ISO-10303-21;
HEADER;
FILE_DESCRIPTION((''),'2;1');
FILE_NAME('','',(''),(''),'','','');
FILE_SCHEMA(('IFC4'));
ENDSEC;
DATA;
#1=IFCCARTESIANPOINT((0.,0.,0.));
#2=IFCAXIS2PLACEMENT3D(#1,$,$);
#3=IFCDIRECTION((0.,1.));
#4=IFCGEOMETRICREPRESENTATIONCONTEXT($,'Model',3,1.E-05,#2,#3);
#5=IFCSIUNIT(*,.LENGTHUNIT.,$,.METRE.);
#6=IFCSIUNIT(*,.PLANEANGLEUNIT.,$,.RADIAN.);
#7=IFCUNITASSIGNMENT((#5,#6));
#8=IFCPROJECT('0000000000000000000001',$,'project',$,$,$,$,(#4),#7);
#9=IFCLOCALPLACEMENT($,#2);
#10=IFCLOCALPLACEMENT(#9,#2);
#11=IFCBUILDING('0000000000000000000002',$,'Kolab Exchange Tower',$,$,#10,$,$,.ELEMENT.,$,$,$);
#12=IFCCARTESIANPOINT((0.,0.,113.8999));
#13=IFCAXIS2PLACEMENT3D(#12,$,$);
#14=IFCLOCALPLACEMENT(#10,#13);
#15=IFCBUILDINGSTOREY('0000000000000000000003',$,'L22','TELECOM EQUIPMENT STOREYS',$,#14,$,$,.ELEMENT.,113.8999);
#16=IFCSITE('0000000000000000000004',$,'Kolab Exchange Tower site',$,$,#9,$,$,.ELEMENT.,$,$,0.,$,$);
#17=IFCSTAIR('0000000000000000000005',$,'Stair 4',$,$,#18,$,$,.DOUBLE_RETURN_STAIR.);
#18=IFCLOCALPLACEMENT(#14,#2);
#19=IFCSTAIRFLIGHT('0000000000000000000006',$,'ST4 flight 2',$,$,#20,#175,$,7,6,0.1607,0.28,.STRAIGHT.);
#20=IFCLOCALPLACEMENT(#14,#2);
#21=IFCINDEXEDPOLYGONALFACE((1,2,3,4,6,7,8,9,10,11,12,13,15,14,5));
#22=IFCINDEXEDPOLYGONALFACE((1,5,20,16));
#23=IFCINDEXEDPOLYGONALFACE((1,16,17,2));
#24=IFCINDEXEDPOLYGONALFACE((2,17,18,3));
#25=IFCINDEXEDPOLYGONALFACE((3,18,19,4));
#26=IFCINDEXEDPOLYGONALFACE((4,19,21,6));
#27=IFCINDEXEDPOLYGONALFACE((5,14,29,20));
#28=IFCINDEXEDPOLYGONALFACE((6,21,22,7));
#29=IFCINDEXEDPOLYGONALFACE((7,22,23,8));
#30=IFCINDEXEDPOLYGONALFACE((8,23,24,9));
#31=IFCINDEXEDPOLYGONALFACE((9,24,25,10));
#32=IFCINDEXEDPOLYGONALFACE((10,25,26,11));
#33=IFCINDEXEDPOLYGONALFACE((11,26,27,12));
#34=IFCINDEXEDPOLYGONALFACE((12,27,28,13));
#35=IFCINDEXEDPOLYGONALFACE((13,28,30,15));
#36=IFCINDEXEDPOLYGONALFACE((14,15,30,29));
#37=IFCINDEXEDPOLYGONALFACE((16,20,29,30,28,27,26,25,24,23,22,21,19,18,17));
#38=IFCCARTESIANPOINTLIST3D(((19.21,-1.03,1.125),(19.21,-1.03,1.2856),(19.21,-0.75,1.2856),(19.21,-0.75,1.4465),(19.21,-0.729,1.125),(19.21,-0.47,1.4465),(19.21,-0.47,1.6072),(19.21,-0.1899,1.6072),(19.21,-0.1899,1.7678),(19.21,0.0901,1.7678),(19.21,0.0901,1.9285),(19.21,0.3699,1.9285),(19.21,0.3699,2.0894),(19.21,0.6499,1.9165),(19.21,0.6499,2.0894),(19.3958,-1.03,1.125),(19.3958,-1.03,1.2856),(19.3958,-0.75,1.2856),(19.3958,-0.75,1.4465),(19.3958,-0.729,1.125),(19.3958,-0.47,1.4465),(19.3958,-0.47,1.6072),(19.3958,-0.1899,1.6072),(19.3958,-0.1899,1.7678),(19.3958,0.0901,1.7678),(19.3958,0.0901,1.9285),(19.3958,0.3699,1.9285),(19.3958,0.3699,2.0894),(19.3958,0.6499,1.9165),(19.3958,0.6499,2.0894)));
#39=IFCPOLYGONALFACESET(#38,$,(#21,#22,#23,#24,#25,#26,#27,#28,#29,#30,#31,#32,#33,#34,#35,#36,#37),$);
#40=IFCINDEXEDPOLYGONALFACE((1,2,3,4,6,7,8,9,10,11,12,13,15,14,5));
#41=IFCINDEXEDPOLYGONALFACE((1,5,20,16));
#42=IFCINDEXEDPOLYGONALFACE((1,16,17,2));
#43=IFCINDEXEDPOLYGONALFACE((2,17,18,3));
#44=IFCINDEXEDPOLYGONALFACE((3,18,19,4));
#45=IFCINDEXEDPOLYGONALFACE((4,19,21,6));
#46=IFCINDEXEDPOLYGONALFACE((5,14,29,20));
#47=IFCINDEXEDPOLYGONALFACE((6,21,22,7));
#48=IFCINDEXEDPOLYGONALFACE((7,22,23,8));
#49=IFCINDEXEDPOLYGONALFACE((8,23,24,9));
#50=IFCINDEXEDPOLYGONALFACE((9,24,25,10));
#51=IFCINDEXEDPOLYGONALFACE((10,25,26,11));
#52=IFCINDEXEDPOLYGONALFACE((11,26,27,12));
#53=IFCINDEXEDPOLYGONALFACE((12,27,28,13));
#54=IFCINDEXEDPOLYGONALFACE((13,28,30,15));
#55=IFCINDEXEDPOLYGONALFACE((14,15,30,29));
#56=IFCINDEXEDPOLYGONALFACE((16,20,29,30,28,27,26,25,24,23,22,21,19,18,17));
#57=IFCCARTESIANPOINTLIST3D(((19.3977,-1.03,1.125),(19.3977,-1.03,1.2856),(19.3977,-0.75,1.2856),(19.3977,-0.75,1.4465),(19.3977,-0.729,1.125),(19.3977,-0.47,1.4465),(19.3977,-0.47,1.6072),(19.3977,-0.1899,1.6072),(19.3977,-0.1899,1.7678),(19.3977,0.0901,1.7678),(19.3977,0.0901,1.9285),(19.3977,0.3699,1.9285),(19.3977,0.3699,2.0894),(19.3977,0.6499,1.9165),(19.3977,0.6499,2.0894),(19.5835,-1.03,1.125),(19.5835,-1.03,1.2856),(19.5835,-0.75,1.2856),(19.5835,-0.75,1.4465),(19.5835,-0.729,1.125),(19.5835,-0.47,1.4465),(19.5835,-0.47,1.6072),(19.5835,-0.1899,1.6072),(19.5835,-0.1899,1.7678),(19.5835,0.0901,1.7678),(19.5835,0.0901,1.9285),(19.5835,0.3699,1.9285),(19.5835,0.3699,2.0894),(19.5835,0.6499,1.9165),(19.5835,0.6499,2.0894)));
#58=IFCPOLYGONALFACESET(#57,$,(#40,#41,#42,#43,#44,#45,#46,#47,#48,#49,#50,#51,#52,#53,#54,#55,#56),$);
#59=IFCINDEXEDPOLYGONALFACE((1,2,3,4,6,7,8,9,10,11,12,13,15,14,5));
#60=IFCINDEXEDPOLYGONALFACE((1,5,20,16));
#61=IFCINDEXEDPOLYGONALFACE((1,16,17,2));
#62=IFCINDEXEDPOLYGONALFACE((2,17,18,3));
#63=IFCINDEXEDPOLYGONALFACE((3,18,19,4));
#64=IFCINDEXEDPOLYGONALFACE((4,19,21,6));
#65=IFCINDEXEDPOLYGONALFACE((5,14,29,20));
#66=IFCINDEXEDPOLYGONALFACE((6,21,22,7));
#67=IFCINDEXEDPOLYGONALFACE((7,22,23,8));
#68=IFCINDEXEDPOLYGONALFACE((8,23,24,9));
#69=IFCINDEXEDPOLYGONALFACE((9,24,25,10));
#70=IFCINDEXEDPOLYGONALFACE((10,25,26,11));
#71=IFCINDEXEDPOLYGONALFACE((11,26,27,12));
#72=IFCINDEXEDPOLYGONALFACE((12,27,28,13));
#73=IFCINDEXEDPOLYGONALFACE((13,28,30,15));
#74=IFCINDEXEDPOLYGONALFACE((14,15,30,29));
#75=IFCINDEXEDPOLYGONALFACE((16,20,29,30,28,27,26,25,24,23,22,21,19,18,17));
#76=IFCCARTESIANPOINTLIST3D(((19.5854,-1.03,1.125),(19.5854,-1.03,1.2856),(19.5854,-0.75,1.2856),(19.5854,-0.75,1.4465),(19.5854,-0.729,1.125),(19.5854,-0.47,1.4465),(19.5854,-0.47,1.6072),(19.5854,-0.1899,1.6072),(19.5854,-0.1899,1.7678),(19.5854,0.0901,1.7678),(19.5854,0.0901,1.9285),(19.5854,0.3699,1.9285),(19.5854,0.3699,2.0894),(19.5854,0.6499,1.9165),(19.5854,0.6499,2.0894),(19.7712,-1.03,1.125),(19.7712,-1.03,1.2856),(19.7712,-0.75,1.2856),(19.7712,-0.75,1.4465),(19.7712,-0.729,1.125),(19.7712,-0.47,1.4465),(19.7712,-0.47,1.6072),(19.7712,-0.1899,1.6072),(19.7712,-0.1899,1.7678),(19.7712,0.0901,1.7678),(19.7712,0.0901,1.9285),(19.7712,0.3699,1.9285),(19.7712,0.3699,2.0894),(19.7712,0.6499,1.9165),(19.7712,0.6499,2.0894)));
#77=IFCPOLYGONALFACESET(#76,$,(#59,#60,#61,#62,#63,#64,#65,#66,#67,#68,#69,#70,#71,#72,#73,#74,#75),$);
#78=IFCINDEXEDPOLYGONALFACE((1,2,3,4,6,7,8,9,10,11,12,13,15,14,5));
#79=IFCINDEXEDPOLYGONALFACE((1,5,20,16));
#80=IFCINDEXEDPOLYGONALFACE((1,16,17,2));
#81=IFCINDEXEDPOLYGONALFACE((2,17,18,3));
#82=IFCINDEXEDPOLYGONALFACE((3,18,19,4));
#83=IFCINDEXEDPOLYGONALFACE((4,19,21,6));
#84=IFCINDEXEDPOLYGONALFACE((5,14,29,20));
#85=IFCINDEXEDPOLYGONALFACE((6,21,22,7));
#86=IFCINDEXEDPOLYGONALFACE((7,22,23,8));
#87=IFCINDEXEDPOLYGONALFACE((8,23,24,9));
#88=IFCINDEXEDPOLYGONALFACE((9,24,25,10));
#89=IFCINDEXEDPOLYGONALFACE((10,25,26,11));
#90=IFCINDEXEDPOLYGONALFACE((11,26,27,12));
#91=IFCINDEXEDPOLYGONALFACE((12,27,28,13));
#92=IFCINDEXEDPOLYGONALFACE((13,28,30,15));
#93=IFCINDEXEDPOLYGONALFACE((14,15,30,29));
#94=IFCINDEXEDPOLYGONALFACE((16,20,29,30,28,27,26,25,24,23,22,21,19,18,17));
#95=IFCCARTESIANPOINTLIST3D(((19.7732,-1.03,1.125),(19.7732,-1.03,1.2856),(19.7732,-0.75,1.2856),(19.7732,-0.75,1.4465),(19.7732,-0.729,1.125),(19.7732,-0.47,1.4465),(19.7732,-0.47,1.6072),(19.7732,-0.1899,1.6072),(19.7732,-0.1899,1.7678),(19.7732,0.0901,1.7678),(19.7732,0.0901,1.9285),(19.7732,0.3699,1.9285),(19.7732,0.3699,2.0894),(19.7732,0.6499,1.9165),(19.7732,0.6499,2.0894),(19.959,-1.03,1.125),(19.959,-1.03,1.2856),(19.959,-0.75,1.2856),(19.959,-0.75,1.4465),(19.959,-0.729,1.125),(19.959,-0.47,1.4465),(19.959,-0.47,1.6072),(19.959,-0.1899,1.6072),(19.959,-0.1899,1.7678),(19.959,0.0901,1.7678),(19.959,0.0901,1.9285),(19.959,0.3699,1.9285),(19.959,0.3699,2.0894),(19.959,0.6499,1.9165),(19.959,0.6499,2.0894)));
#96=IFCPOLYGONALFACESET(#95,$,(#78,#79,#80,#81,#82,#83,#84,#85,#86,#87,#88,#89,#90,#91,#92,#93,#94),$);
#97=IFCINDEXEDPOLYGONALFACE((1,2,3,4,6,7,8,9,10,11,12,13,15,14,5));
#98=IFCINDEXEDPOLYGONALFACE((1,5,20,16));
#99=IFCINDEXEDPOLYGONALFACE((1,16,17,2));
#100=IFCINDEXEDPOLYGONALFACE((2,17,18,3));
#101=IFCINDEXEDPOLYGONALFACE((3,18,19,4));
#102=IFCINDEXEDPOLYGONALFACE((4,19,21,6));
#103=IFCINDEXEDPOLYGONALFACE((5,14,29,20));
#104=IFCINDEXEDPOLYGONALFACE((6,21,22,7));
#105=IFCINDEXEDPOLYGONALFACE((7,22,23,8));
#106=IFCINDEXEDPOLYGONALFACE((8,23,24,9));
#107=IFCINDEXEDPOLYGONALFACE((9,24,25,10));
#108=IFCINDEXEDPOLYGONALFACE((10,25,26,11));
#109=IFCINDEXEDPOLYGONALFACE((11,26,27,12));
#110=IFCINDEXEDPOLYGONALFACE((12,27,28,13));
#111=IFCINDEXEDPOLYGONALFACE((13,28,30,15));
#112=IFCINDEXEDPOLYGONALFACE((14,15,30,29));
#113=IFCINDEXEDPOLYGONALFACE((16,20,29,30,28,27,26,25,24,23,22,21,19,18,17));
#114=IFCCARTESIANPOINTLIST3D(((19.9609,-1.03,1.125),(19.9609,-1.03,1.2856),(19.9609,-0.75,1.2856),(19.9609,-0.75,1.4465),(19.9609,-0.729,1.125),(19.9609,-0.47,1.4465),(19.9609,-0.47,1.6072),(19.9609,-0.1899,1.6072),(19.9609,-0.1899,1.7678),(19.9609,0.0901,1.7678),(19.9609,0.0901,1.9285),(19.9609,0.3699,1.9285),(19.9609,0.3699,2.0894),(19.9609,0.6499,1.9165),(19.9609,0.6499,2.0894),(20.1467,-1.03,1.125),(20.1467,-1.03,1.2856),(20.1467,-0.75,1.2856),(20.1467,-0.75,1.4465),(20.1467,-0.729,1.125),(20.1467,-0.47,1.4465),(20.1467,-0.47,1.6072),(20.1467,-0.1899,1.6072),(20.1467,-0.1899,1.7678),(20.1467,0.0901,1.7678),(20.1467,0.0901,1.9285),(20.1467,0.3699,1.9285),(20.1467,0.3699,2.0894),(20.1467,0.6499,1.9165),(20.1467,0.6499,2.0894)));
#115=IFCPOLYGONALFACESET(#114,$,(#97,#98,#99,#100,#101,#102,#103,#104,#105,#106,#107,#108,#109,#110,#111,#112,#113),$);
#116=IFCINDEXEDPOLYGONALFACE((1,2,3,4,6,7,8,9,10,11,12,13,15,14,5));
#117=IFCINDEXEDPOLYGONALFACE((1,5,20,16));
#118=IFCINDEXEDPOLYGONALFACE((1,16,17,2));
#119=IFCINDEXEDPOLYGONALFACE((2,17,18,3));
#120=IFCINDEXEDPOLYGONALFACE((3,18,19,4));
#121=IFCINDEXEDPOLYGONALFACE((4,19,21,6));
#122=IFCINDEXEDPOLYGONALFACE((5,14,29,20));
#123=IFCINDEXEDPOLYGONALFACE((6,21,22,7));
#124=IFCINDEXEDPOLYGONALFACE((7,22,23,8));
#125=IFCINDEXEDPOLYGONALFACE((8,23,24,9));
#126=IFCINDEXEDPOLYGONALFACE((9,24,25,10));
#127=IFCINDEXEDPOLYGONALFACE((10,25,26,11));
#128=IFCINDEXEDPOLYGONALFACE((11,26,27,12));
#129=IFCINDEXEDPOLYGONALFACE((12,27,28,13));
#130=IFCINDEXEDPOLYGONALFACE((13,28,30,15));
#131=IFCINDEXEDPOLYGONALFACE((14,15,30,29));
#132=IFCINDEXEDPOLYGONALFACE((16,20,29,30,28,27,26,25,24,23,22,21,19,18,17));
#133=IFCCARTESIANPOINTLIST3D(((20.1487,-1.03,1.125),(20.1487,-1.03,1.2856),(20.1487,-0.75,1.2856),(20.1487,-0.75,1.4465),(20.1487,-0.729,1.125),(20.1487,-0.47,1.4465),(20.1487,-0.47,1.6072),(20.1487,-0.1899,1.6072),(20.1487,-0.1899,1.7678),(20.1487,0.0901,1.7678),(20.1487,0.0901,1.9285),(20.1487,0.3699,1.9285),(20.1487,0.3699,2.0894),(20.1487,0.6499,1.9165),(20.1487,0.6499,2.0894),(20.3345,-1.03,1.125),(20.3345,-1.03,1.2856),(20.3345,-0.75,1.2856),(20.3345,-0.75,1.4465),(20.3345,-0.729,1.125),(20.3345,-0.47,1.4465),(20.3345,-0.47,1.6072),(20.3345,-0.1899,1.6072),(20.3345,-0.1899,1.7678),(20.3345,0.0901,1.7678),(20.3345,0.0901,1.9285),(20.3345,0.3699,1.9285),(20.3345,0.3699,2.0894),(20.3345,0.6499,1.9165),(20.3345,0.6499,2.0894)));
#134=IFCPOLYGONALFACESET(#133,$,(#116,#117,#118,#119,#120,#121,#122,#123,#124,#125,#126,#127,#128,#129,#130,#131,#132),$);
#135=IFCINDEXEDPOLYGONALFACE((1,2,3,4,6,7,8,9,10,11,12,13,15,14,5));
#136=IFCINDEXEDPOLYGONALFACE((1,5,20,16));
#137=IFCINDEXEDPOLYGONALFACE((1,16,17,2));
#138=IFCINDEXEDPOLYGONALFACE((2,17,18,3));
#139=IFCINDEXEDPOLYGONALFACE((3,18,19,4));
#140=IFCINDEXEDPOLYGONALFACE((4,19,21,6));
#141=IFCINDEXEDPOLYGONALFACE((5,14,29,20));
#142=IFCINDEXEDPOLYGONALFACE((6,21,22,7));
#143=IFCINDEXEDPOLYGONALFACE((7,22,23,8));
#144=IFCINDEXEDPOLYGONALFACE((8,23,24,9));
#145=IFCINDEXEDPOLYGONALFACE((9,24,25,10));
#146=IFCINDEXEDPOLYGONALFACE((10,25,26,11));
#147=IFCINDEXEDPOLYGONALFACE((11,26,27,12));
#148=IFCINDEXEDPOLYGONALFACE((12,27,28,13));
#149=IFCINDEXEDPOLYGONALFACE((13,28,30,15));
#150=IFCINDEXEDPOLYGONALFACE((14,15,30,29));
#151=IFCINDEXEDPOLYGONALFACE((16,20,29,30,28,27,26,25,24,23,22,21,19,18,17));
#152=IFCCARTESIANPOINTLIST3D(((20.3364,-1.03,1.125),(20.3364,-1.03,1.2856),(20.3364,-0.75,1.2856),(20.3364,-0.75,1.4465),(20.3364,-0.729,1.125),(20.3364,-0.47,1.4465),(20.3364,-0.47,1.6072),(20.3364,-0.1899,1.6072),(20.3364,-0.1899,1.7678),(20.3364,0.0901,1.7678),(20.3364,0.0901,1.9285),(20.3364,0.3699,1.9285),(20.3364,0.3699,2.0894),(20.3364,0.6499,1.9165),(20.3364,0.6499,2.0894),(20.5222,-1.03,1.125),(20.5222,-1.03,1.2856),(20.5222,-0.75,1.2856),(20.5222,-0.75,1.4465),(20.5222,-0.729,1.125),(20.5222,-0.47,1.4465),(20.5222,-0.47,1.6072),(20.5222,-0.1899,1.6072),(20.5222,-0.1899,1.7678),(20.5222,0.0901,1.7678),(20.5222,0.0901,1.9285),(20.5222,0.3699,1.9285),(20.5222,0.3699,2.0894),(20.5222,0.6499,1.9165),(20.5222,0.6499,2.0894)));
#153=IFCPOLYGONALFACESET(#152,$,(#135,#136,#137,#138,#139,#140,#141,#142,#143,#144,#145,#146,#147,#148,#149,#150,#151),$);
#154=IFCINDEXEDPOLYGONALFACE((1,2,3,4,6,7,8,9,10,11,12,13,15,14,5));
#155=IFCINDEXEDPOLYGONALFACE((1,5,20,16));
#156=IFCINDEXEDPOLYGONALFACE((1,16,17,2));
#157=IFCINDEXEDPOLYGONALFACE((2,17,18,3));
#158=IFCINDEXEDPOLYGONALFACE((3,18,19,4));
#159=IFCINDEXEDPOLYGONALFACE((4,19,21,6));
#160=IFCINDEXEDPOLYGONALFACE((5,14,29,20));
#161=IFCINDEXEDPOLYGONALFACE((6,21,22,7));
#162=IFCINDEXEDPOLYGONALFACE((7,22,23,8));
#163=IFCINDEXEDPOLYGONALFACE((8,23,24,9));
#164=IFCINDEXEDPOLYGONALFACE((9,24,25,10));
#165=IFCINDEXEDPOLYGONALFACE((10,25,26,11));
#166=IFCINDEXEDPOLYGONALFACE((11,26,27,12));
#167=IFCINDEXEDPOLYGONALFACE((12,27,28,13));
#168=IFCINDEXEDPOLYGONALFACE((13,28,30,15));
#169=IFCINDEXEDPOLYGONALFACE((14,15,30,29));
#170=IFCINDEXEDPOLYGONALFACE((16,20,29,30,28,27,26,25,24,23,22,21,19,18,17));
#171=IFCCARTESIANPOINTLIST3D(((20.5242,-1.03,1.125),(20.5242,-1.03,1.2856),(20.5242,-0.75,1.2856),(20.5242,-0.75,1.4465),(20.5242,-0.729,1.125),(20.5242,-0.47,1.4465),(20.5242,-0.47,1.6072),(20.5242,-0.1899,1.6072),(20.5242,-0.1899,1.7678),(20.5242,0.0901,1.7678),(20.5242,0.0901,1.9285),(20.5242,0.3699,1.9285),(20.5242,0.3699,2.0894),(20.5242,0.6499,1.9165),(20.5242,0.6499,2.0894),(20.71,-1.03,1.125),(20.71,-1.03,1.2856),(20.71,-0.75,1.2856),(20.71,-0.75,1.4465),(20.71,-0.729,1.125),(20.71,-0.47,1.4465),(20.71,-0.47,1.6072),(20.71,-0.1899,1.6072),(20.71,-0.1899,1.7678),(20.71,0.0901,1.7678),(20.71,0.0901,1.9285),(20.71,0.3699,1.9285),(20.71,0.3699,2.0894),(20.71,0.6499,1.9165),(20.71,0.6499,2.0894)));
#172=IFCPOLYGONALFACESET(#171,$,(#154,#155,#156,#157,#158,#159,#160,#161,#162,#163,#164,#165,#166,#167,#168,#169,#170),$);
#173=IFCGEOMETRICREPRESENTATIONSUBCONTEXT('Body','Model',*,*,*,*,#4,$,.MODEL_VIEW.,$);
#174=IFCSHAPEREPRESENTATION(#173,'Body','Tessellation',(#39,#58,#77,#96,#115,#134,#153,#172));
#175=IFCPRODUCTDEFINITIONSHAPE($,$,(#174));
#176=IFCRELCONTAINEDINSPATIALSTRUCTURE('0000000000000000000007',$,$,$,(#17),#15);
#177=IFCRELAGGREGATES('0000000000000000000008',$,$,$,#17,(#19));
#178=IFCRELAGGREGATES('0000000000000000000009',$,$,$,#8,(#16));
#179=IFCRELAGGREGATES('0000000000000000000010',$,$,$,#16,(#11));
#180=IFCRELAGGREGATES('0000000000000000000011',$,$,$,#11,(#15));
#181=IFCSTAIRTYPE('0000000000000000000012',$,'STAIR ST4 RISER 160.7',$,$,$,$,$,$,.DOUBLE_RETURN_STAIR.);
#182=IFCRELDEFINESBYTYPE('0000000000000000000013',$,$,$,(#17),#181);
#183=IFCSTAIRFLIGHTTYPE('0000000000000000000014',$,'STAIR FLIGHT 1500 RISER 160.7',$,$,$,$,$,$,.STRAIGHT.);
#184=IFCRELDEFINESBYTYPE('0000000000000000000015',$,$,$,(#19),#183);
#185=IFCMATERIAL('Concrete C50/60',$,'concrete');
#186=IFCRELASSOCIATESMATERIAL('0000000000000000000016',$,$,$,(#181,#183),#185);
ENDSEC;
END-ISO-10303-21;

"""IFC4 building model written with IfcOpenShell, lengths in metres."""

from ifc_helpers import new_model, si_unit, direction, frame, origin, place, context, subcontext, project, spatial, polyline, outline, extrude, material, type_object, element, aggregate, save


model = new_model("IFC4")

# Units and contexts
model_context = context("Model", 3, precision=1e-05, world=origin(), true_north=direction((0.0, 1.0)))
body_context = subcontext(model_context, "Body", "Model", "MODEL_VIEW")
ifc_project = project(units=[si_unit("LENGTHUNIT", "METRE"), si_unit("PLANEANGLEUNIT", "RADIAN")], contexts=[model_context])

# Site, building, storey
site_placement = place(None, origin())
site = spatial("IfcSite", under=ifc_project, at=site_placement, Name="Kolab Exchange Tower site", CompositionType="ELEMENT", RefElevation=0.0)
building_placement = place(site_placement, origin())
building = spatial("IfcBuilding", under=site, at=building_placement, Name="Kolab Exchange Tower", CompositionType="ELEMENT")
storey_placement = place(building_placement, frame((0.0, 0.0, 113.8999)))
storey = spatial("IfcBuildingStorey", under=building, at=storey_placement, Name="L22", Description="TELECOM EQUIPMENT STOREYS", CompositionType="ELEMENT", Elevation=113.8999)

# Shared definitions
ifc_material_1 = material(Name="Concrete C50/60", Category="concrete")

# Stair, stair flight
stair_type = type_object("IfcStairType", Name="STAIR ST4 RISER 160.7", PredefinedType="DOUBLE_RETURN_STAIR", material=ifc_material_1)
stair_placement = place(storey_placement, origin())
stair = element("IfcStair", 1, at=stair_placement, inside=storey, type_object=stair_type, Name="Stair 4", PredefinedType="DOUBLE_RETURN_STAIR")
stair_flight_type = type_object("IfcStairFlightType", Name="STAIR FLIGHT 1500 RISER 160.7", PredefinedType="STRAIGHT", material=ifc_material_1)
stair_flight_1_placement = place(storey_placement, frame((19.96, -1.03, 1.125), z_axis=(0.0, 0.0, 1.0), x_axis=(0.0, 1.0, 0.0)))
stair_flight_1 = element("IfcStairFlight", 2, at=stair_flight_1_placement, type_object=stair_flight_type, Name="ST4 flight 2", NumberOfRisers=7, NumberOfTreads=6, PredefinedType="STRAIGHT", RiserHeight=0.1607, TreadLength=0.28, context=body_context, shape_type="SweptSolid", body=[
    extrude(outline(polyline([(0.0, 0.0), (0.0, 0.1606), (0.28, 0.1606), (0.28, 0.3215), (0.5601, 0.3215), (0.5601, 0.4822), (0.8401, 0.4822), (0.8401, 0.6428), (1.1201, 0.6428), (1.1201, 0.8035), (1.3999, 0.8035), (1.3999, 0.9644), (1.6799, 0.9644), (1.6799, 1.125), (1.6799, 0.7915), (0.301, 0.0), (0.0, 0.0)])), frame((0.0, 0.75, 0.0), z_axis=(0.0, -1.0, 0.0), x_axis=(1.0, 0.0, 0.0)), (0.0, 0.0, 1.0), 0.1858),
    extrude(outline(polyline([(0.0, 0.0), (0.0, 0.1606), (0.28, 0.1606), (0.28, 0.3215), (0.5601, 0.3215), (0.5601, 0.4822), (0.8401, 0.4822), (0.8401, 0.6428), (1.1201, 0.6428), (1.1201, 0.8035), (1.3999, 0.8035), (1.3999, 0.9644), (1.6799, 0.9644), (1.6799, 1.125), (1.6799, 0.7915), (0.301, 0.0), (0.0, 0.0)])), frame((0.0, 0.5623, 0.0), z_axis=(0.0, -1.0, 0.0), x_axis=(1.0, 0.0, 0.0)), (0.0, 0.0, 1.0), 0.1858),
    extrude(outline(polyline([(0.0, 0.0), (0.0, 0.1606), (0.28, 0.1606), (0.28, 0.3215), (0.5601, 0.3215), (0.5601, 0.4822), (0.8401, 0.4822), (0.8401, 0.6428), (1.1201, 0.6428), (1.1201, 0.8035), (1.3999, 0.8035), (1.3999, 0.9644), (1.6799, 0.9644), (1.6799, 1.125), (1.6799, 0.7915), (0.301, 0.0), (0.0, 0.0)])), frame((0.0, 0.3745, 0.0), z_axis=(0.0, -1.0, 0.0), x_axis=(1.0, 0.0, 0.0)), (0.0, 0.0, 1.0), 0.1858),
    extrude(outline(polyline([(0.0, 0.0), (0.0, 0.1606), (0.28, 0.1606), (0.28, 0.3215), (0.5601, 0.3215), (0.5601, 0.4822), (0.8401, 0.4822), (0.8401, 0.6428), (1.1201, 0.6428), (1.1201, 0.8035), (1.3999, 0.8035), (1.3999, 0.9644), (1.6799, 0.9644), (1.6799, 1.125), (1.6799, 0.7915), (0.301, 0.0), (0.0, 0.0)])), frame((0.0, 0.1868, 0.0), z_axis=(0.0, -1.0, 0.0), x_axis=(1.0, 0.0, 0.0)), (0.0, 0.0, 1.0), 0.1858),
    extrude(outline(polyline([(0.0, 0.0), (0.0, 0.1606), (0.28, 0.1606), (0.28, 0.3215), (0.5601, 0.3215), (0.5601, 0.4822), (0.8401, 0.4822), (0.8401, 0.6428), (1.1201, 0.6428), (1.1201, 0.8035), (1.3999, 0.8035), (1.3999, 0.9644), (1.6799, 0.9644), (1.6799, 1.125), (1.6799, 0.7915), (0.301, 0.0), (0.0, 0.0)])), frame((0.0, -0.001, 0.0), z_axis=(0.0, -1.0, 0.0), x_axis=(1.0, 0.0, 0.0)), (0.0, 0.0, 1.0), 0.1858),
    extrude(outline(polyline([(0.0, 0.0), (0.0, 0.1606), (0.28, 0.1606), (0.28, 0.3215), (0.5601, 0.3215), (0.5601, 0.4822), (0.8401, 0.4822), (0.8401, 0.6428), (1.1201, 0.6428), (1.1201, 0.8035), (1.3999, 0.8035), (1.3999, 0.9644), (1.6799, 0.9644), (1.6799, 1.125), (1.6799, 0.7915), (0.301, 0.0), (0.0, 0.0)])), frame((0.0, -0.1887, 0.0), z_axis=(0.0, -1.0, 0.0), x_axis=(1.0, 0.0, 0.0)), (0.0, 0.0, 1.0), 0.1858),
    extrude(outline(polyline([(0.0, 0.0), (0.0, 0.1606), (0.28, 0.1606), (0.28, 0.3215), (0.5601, 0.3215), (0.5601, 0.4822), (0.8401, 0.4822), (0.8401, 0.6428), (1.1201, 0.6428), (1.1201, 0.8035), (1.3999, 0.8035), (1.3999, 0.9644), (1.6799, 0.9644), (1.6799, 1.125), (1.6799, 0.7915), (0.301, 0.0), (0.0, 0.0)])), frame((0.0, -0.3765, 0.0), z_axis=(0.0, -1.0, 0.0), x_axis=(1.0, 0.0, 0.0)), (0.0, 0.0, 1.0), 0.1858),
    extrude(outline(polyline([(0.0, 0.0), (0.0, 0.1606), (0.28, 0.1606), (0.28, 0.3215), (0.5601, 0.3215), (0.5601, 0.4822), (0.8401, 0.4822), (0.8401, 0.6428), (1.1201, 0.6428), (1.1201, 0.8035), (1.3999, 0.8035), (1.3999, 0.9644), (1.6799, 0.9644), (1.6799, 1.125), (1.6799, 0.7915), (0.301, 0.0), (0.0, 0.0)])), frame((0.0, -0.5642, 0.0), z_axis=(0.0, -1.0, 0.0), x_axis=(1.0, 0.0, 0.0)), (0.0, 0.0, 1.0), 0.1858),
])
aggregate(stair, [stair_flight_1])

save(model, "model.ifc")
